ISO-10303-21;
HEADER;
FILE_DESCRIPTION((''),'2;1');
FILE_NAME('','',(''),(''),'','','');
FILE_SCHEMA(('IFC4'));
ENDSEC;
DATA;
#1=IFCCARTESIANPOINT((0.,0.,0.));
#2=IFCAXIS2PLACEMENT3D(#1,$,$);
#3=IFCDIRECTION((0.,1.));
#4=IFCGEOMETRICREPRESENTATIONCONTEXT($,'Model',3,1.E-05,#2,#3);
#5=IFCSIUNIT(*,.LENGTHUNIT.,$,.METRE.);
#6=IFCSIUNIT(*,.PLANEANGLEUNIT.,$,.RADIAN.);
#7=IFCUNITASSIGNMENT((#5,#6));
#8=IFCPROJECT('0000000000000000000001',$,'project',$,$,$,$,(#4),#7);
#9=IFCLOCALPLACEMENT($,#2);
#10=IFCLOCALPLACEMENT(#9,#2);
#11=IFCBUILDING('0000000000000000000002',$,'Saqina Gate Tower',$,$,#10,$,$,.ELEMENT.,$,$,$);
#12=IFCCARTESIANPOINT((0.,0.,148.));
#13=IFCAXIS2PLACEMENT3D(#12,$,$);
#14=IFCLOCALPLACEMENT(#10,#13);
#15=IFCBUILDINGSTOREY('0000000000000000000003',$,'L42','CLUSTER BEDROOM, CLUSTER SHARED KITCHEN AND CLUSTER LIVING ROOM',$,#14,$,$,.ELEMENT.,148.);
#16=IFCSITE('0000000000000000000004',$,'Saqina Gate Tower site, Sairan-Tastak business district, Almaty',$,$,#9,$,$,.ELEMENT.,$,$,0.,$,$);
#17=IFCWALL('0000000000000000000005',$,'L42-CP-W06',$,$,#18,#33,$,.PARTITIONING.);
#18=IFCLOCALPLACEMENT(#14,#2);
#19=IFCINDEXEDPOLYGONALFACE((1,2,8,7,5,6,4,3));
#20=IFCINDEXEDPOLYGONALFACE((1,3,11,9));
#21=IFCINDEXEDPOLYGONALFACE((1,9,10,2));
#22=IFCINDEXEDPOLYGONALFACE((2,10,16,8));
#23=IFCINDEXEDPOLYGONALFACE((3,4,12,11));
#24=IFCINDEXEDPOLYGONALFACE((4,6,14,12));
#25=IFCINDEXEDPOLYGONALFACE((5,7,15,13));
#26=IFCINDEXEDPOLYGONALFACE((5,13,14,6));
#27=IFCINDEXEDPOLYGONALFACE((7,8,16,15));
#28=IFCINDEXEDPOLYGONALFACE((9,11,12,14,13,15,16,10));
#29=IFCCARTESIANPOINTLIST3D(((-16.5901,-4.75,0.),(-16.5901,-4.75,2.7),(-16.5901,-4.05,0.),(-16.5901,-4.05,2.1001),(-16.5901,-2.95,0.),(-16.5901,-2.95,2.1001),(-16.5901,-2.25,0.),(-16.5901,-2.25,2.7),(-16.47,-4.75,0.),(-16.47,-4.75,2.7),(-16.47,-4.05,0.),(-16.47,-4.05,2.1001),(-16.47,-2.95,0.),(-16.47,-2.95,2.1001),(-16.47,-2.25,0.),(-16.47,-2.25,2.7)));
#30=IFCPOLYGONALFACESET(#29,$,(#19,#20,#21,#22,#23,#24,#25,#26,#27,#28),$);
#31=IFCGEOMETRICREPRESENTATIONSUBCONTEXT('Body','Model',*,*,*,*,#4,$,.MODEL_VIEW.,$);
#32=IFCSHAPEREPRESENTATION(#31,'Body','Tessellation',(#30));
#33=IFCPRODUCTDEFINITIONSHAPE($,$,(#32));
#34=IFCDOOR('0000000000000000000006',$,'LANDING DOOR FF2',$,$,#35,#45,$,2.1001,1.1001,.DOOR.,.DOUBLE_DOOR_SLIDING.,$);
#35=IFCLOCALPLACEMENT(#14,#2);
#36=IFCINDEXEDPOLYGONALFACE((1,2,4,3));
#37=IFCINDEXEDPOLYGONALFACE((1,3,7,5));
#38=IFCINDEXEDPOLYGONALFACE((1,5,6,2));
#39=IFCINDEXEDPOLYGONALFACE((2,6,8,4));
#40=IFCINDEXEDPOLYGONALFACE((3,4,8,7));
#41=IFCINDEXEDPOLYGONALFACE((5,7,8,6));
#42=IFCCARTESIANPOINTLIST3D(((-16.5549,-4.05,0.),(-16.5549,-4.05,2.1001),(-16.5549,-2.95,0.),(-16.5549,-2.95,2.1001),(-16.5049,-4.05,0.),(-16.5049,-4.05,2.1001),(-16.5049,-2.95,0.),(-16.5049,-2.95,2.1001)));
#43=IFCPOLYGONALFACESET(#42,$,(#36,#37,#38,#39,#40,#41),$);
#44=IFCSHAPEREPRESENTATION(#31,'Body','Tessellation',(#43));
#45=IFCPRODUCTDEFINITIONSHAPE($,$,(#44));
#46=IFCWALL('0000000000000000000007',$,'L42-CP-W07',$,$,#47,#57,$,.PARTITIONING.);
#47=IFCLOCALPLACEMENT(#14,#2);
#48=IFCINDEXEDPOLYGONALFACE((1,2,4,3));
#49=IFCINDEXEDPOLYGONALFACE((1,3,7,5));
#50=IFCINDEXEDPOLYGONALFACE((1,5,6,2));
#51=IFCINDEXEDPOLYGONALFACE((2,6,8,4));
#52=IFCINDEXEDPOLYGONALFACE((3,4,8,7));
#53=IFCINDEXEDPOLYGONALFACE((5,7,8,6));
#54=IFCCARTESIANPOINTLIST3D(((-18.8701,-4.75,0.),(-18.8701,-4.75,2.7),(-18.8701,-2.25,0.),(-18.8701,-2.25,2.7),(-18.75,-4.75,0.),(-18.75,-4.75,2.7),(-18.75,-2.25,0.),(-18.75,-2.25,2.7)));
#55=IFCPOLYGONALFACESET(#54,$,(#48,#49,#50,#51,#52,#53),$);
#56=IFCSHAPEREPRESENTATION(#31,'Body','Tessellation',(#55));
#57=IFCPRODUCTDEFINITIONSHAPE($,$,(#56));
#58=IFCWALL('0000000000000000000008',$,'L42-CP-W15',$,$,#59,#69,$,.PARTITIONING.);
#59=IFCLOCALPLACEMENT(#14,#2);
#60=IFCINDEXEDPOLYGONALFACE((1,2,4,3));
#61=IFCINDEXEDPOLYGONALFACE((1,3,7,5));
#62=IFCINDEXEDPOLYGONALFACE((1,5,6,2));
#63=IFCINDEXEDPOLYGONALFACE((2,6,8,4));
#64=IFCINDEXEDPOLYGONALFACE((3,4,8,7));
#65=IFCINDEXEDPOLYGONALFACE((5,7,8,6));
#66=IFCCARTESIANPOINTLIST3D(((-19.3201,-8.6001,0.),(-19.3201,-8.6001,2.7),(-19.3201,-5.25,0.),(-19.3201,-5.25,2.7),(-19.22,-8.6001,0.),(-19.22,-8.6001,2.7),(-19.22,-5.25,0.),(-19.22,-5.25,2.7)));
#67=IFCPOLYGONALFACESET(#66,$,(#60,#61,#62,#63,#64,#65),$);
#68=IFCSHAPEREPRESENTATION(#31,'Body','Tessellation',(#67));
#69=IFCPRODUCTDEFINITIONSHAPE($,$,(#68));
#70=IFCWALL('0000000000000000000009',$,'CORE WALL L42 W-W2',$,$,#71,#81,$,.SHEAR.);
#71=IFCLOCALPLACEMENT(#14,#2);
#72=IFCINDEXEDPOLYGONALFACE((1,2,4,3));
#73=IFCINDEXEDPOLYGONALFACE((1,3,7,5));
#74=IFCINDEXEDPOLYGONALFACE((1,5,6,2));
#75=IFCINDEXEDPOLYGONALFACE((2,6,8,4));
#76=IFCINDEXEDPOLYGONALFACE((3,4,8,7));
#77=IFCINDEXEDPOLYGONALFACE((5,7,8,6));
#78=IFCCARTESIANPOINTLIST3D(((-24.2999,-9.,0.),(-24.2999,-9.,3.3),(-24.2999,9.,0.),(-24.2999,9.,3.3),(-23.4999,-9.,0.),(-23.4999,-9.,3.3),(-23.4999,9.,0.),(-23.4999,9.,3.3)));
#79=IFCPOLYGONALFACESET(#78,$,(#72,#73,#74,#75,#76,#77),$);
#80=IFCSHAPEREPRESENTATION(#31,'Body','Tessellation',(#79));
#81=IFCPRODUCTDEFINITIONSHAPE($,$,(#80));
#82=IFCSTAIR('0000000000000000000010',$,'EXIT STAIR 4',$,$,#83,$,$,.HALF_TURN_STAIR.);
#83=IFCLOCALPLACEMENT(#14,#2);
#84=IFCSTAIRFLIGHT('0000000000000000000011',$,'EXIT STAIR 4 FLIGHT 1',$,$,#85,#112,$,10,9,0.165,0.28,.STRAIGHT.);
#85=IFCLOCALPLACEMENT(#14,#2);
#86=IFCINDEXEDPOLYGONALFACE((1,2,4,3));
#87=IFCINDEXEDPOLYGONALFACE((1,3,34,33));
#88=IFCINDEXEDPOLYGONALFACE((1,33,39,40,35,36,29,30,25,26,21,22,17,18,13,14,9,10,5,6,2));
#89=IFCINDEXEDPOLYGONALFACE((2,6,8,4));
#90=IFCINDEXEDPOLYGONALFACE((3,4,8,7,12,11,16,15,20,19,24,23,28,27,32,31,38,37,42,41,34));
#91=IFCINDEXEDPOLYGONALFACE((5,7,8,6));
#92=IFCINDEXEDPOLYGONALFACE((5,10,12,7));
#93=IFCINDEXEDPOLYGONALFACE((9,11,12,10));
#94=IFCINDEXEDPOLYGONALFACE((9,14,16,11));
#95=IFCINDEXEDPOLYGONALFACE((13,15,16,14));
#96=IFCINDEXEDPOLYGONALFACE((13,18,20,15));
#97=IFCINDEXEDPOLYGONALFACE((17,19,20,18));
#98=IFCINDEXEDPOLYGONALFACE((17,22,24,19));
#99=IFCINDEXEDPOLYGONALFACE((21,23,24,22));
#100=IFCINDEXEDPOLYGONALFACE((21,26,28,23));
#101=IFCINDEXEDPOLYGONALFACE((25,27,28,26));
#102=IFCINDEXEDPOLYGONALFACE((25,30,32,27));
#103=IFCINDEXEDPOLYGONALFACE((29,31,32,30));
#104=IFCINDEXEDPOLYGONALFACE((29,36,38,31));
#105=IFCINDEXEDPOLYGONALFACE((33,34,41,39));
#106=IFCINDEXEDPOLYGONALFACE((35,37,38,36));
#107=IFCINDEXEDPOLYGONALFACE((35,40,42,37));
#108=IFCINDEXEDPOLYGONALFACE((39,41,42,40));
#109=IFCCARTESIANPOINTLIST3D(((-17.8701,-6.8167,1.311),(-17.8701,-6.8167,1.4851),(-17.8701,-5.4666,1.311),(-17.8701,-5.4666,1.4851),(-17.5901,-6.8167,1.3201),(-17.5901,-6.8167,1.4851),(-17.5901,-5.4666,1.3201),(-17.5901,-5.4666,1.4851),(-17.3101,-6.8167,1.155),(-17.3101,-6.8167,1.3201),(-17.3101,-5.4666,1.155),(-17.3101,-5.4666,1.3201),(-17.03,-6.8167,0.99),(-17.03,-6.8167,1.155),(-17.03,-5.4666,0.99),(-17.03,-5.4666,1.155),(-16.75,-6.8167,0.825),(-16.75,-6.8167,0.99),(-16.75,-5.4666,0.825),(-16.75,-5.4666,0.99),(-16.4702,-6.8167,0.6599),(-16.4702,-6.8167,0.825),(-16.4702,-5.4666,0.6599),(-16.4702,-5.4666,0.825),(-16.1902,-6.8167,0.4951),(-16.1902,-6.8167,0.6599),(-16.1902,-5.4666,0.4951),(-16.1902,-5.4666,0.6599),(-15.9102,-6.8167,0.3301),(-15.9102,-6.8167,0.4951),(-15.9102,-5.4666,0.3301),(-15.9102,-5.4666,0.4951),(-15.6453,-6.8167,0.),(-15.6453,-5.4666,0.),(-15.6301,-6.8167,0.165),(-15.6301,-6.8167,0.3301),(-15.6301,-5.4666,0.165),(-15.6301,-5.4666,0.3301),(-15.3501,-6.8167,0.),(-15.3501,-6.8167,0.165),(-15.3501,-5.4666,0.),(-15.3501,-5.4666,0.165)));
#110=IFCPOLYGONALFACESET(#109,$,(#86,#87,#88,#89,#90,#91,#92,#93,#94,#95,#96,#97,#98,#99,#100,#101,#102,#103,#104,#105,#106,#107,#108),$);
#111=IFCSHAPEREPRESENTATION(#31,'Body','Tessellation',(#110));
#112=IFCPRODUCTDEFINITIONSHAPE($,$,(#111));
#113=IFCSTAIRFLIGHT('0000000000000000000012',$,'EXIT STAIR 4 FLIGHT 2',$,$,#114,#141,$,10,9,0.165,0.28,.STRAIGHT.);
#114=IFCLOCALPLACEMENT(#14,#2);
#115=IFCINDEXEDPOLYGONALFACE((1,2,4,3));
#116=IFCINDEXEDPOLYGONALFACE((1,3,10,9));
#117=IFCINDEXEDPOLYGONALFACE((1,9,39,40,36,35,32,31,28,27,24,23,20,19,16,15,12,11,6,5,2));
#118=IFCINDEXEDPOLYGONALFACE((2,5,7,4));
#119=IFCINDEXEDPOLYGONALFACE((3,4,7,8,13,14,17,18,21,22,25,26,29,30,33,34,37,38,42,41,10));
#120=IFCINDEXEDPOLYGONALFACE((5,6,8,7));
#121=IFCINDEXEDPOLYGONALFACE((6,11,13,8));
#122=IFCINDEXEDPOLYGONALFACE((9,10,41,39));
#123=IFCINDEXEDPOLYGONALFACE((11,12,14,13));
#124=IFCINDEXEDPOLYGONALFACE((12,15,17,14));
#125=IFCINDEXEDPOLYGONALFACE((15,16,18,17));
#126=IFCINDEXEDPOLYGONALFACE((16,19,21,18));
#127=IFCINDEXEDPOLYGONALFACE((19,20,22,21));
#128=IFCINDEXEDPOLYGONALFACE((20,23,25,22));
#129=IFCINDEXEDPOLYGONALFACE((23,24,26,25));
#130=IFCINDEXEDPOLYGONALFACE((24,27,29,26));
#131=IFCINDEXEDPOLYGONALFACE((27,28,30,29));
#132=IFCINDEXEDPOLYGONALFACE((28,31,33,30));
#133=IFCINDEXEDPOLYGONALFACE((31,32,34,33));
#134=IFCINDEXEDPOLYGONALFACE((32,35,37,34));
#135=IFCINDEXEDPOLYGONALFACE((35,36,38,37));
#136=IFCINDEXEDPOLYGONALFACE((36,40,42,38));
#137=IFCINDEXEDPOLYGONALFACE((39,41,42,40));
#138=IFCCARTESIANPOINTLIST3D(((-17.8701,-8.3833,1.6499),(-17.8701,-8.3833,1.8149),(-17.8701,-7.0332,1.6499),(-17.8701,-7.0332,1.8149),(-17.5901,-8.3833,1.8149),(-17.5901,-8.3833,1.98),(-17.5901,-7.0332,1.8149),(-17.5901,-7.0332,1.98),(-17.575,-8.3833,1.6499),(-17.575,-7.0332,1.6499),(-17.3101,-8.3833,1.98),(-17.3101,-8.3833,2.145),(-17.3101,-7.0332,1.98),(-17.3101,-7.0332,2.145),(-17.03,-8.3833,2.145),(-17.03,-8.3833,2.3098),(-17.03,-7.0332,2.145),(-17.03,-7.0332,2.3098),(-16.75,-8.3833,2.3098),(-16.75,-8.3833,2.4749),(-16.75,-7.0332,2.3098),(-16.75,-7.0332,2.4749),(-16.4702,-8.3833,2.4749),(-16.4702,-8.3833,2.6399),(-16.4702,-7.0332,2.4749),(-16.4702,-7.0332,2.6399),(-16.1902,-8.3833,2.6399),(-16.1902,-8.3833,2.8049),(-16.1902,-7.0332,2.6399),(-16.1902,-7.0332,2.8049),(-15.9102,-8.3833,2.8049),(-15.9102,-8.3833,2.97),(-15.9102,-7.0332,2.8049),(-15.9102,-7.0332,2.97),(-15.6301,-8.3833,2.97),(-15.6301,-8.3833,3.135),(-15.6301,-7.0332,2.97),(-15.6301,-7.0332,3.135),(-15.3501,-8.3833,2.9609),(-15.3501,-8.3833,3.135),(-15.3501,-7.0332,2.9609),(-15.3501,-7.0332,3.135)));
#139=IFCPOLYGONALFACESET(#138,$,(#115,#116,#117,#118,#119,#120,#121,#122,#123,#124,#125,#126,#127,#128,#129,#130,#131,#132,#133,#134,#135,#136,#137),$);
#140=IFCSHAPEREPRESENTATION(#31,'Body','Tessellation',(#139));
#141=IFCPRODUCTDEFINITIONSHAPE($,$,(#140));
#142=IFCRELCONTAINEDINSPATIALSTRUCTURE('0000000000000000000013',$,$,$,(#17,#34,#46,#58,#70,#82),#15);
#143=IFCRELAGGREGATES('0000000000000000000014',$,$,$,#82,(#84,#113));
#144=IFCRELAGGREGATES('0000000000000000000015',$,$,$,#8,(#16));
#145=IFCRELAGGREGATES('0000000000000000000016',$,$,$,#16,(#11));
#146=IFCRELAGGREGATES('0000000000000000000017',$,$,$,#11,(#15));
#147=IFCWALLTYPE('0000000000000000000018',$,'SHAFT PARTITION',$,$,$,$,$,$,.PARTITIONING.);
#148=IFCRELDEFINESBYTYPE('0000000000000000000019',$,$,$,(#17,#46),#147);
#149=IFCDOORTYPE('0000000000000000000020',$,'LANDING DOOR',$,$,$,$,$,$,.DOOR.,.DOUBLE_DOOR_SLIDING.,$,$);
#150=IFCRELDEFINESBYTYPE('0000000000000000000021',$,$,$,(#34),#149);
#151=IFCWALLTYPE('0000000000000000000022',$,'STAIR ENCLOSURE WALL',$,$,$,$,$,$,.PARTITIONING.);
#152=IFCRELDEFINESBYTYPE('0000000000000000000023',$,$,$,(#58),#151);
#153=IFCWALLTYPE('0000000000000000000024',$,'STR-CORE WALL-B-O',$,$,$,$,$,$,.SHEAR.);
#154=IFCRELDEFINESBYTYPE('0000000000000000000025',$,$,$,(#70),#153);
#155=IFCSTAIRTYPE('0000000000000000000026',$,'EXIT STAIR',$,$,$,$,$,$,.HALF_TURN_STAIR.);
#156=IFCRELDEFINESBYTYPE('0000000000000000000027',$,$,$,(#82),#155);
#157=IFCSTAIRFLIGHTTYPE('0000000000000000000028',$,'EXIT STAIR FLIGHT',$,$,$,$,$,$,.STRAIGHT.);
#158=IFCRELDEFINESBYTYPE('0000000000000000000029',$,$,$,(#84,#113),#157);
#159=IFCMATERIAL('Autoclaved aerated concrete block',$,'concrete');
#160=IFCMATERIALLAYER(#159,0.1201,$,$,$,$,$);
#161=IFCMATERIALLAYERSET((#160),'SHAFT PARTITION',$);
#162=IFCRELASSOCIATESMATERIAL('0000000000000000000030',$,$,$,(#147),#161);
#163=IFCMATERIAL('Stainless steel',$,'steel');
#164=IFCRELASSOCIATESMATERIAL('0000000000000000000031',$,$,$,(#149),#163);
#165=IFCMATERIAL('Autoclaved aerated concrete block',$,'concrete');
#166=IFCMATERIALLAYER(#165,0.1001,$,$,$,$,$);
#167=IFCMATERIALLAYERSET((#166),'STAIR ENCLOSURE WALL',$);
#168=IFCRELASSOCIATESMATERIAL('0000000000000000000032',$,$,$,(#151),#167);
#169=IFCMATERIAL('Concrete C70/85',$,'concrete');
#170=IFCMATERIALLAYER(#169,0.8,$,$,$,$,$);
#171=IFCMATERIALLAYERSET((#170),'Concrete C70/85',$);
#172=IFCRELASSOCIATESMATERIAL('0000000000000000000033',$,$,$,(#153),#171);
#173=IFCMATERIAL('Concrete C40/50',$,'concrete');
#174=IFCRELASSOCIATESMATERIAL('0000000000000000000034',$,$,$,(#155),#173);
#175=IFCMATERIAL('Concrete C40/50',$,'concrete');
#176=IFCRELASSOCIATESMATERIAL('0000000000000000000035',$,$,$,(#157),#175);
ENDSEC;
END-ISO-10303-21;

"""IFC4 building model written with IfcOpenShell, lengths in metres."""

from ifc_helpers import new_model, si_unit, direction, frame, frame_2d, origin, place, context, subcontext, project, spatial, polyline, rectangle, outline, extrude, material, layer, layer_set, type_object, element, fill, aggregate, save


model = new_model("IFC4")

# Units and contexts
model_context = context("Model", 3, precision=1e-05, world=origin(), true_north=direction((0.0, 1.0)))
body_context = subcontext(model_context, "Body", "Model", "MODEL_VIEW")
ifc_project = project(units=[si_unit("LENGTHUNIT", "METRE"), si_unit("PLANEANGLEUNIT", "RADIAN")], contexts=[model_context])

# Site, building, storey
site_placement = place(None, origin())
site = spatial("IfcSite", under=ifc_project, at=site_placement, Name="Saqina Gate Tower site, Sairan-Tastak business district, Almaty", CompositionType="ELEMENT", RefElevation=0.0)
building_placement = place(site_placement, origin())
building = spatial("IfcBuilding", under=site, at=building_placement, Name="Saqina Gate Tower", CompositionType="ELEMENT")
storey_placement = place(building_placement, frame((0.0, 0.0, 148.0)))
storey = spatial("IfcBuildingStorey", under=building, at=storey_placement, Name="L42", Description="CLUSTER BEDROOM, CLUSTER SHARED KITCHEN AND CLUSTER LIVING ROOM", CompositionType="ELEMENT", Elevation=148.0)

# Wall, opening, door
ifc_material_1 = material(Name="Autoclaved aerated concrete block", Category="concrete")
ifc_layer_1 = layer(ifc_material_1, 0.1201)
ifc_layer_set_1 = layer_set([ifc_layer_1], Name="SHAFT PARTITION")
wall_type_1 = type_object("IfcWallType", Name="SHAFT PARTITION", PredefinedType="PARTITIONING", material=ifc_layer_set_1)
wall_1_placement = place(storey_placement, frame((-16.53, -4.75, 0.0), z_axis=(0.0, 0.0, 1.0), x_axis=(0.0, 1.0, 0.0)))
wall_1 = element("IfcWall", 1, at=wall_1_placement, inside=storey, type_object=wall_type_1, Name="L42-CP-W06", PredefinedType="PARTITIONING", context=body_context, shape_type="SweptSolid", body=[
    extrude(rectangle(XDim=2.5, YDim=0.1201, at=frame_2d((1.25, 0.0))), origin(), (0.0, 0.0, 1.0), 2.7),
])
opening_1_placement = place(wall_1_placement, frame((0.7, 0.0, 0.0)))
opening_1 = element("IfcOpeningElement", 2, at=opening_1_placement, cuts=wall_1, PredefinedType="OPENING", context=body_context, shape_type="SweptSolid", body=[
    extrude(rectangle(XDim=1.1001, YDim=2.1001, at=frame_2d((0.55, 1.05))), frame((0.0, 0.072, 0.0), z_axis=(0.0, -1.0, 0.0), x_axis=(1.0, 0.0, 0.0)), (0.0, 0.0, 1.0), 0.144),
])
ifc_material_2 = material(Name="Stainless steel", Category="steel")
door_type_1 = type_object("IfcDoorType", Name="LANDING DOOR", OperationType="DOUBLE_DOOR_SLIDING", PredefinedType="DOOR", material=ifc_material_2)
door_1_placement = place(opening_1_placement, origin())
door_1 = element("IfcDoor", 3, at=door_1_placement, inside=storey, type_object=door_type_1, Name="LANDING DOOR FF2", OperationType="DOUBLE_DOOR_SLIDING", OverallHeight=2.1001, OverallWidth=1.1001, PredefinedType="DOOR", context=body_context, shape_type="SweptSolid", body=[
    extrude(rectangle(XDim=1.1001, YDim=2.1001, at=frame_2d((0.55, 1.05))), frame((0.0, 0.0249, 0.0), z_axis=(0.0, -1.0, 0.0), x_axis=(1.0, 0.0, 0.0)), (0.0, 0.0, 1.0), 0.05),
])
fill(opening_1, door_1)

# Walls
wall_2_placement = place(storey_placement, frame((-18.8101, -4.75, 0.0), z_axis=(0.0, 0.0, 1.0), x_axis=(0.0, 1.0, 0.0)))
element("IfcWall", 4, at=wall_2_placement, inside=storey, type_object=wall_type_1, Name="L42-CP-W07", PredefinedType="PARTITIONING", context=body_context, shape_type="SweptSolid", body=[
    extrude(rectangle(XDim=2.5, YDim=0.1201, at=frame_2d((1.25, 0.0))), origin(), (0.0, 0.0, 1.0), 2.7),
])
ifc_material_3 = material(Name="Autoclaved aerated concrete block", Category="concrete")
ifc_layer_2 = layer(ifc_material_3, 0.1001)
ifc_layer_set_2 = layer_set([ifc_layer_2], Name="STAIR ENCLOSURE WALL")
wall_type_2 = type_object("IfcWallType", Name="STAIR ENCLOSURE WALL", PredefinedType="PARTITIONING", material=ifc_layer_set_2)
wall_3_placement = place(storey_placement, frame((-19.27, -8.6001, 0.0), z_axis=(0.0, 0.0, 1.0), x_axis=(0.0, 1.0, 0.0)))
element("IfcWall", 5, at=wall_3_placement, inside=storey, type_object=wall_type_2, Name="L42-CP-W15", PredefinedType="PARTITIONING", context=body_context, shape_type="SweptSolid", body=[
    extrude(rectangle(XDim=3.3501, YDim=0.1001, at=frame_2d((1.675, 0.0))), origin(), (0.0, 0.0, 1.0), 2.7),
])
ifc_material_4 = material(Name="Concrete C70/85", Category="concrete")
ifc_layer_3 = layer(ifc_material_4, 0.8)
ifc_layer_set_3 = layer_set([ifc_layer_3], Name="Concrete C70/85")
wall_type_3 = type_object("IfcWallType", Name="STR-CORE WALL-B-O", PredefinedType="SHEAR", material=ifc_layer_set_3)
wall_4_placement = place(storey_placement, frame((-23.8999, -9.0, 0.0), z_axis=(0.0, 0.0, 1.0), x_axis=(0.0, 1.0, 0.0)))
element("IfcWall", 6, at=wall_4_placement, inside=storey, type_object=wall_type_3, Name="CORE WALL L42 W-W2", PredefinedType="SHEAR", context=body_context, shape_type="SweptSolid", body=[
    extrude(rectangle(XDim=18.0, YDim=0.8, at=frame_2d((9.0, 0.0))), origin(), (0.0, 0.0, 1.0), 3.3),
])

# Stair, stair flights
ifc_material_5 = material(Name="Concrete C40/50", Category="concrete")
stair_type = type_object("IfcStairType", Name="EXIT STAIR", PredefinedType="HALF_TURN_STAIR", material=ifc_material_5)
stair_placement = place(storey_placement, origin())
stair = element("IfcStair", 7, at=stair_placement, inside=storey, type_object=stair_type, Name="EXIT STAIR 4", PredefinedType="HALF_TURN_STAIR")
ifc_material_6 = material(Name="Concrete C40/50", Category="concrete")
stair_flight_type = type_object("IfcStairFlightType", Name="EXIT STAIR FLIGHT", PredefinedType="STRAIGHT", material=ifc_material_6)
stair_flight_1_placement = place(storey_placement, frame((-15.3501, -6.1416, 0.0), z_axis=(0.0, 0.0, 1.0), x_axis=(-1.0, 0.0, 0.0)))
stair_flight_1 = element("IfcStairFlight", 8, at=stair_flight_1_placement, type_object=stair_flight_type, Name="EXIT STAIR 4 FLIGHT 1", NumberOfRisers=10, NumberOfTreads=9, PredefinedType="STRAIGHT", RiserHeight=0.165, TreadLength=0.28, context=body_context, shape_type="SweptSolid", body=[
    extrude(outline(polyline([(0.0, 0.0), (0.0, 0.165), (0.28, 0.165), (0.28, 0.3301), (0.5601, 0.3301), (0.5601, 0.4951), (0.8401, 0.4951), (0.8401, 0.6599), (1.1201, 0.6599), (1.1201, 0.825), (1.3999, 0.825), (1.3999, 0.99), (1.6799, 0.99), (1.6799, 1.155), (1.96, 1.155), (1.96, 1.3201), (2.24, 1.3201), (2.24, 1.4851), (2.52, 1.4851), (2.52, 1.6499), (2.52, 1.311), (0.2952, 0.0), (0.0, 0.0)])), frame((0.0, 0.675, 0.0), z_axis=(0.0, -1.0, 0.0), x_axis=(1.0, 0.0, 0.0)), (0.0, 0.0, 1.0), 1.3501),
])
stair_flight_2_placement = place(storey_placement, frame((-17.8701, -7.7083, 1.6499), z_axis=(0.0, 0.0, 1.0), x_axis=(1.0, 0.0, 0.0)))
stair_flight_2 = element("IfcStairFlight", 9, at=stair_flight_2_placement, type_object=stair_flight_type, Name="EXIT STAIR 4 FLIGHT 2", NumberOfRisers=10, NumberOfTreads=9, PredefinedType="STRAIGHT", RiserHeight=0.165, TreadLength=0.28, context=body_context, shape_type="SweptSolid", body=[
    extrude(outline(polyline([(0.0, 0.0), (0.0, 0.165), (0.28, 0.165), (0.28, 0.3301), (0.5601, 0.3301), (0.5601, 0.4951), (0.8401, 0.4951), (0.8401, 0.6599), (1.1201, 0.6599), (1.1201, 0.825), (1.3999, 0.825), (1.3999, 0.99), (1.6799, 0.99), (1.6799, 1.155), (1.96, 1.155), (1.96, 1.3201), (2.24, 1.3201), (2.24, 1.4851), (2.52, 1.4851), (2.52, 1.6499), (2.52, 1.311), (0.2952, 0.0), (0.0, 0.0)])), frame((0.0, 0.675, 0.0), z_axis=(0.0, -1.0, 0.0), x_axis=(1.0, 0.0, 0.0)), (0.0, 0.0, 1.0), 1.3501),
])
aggregate(stair, [stair_flight_1, stair_flight_2])

save(model, "model.ifc")
